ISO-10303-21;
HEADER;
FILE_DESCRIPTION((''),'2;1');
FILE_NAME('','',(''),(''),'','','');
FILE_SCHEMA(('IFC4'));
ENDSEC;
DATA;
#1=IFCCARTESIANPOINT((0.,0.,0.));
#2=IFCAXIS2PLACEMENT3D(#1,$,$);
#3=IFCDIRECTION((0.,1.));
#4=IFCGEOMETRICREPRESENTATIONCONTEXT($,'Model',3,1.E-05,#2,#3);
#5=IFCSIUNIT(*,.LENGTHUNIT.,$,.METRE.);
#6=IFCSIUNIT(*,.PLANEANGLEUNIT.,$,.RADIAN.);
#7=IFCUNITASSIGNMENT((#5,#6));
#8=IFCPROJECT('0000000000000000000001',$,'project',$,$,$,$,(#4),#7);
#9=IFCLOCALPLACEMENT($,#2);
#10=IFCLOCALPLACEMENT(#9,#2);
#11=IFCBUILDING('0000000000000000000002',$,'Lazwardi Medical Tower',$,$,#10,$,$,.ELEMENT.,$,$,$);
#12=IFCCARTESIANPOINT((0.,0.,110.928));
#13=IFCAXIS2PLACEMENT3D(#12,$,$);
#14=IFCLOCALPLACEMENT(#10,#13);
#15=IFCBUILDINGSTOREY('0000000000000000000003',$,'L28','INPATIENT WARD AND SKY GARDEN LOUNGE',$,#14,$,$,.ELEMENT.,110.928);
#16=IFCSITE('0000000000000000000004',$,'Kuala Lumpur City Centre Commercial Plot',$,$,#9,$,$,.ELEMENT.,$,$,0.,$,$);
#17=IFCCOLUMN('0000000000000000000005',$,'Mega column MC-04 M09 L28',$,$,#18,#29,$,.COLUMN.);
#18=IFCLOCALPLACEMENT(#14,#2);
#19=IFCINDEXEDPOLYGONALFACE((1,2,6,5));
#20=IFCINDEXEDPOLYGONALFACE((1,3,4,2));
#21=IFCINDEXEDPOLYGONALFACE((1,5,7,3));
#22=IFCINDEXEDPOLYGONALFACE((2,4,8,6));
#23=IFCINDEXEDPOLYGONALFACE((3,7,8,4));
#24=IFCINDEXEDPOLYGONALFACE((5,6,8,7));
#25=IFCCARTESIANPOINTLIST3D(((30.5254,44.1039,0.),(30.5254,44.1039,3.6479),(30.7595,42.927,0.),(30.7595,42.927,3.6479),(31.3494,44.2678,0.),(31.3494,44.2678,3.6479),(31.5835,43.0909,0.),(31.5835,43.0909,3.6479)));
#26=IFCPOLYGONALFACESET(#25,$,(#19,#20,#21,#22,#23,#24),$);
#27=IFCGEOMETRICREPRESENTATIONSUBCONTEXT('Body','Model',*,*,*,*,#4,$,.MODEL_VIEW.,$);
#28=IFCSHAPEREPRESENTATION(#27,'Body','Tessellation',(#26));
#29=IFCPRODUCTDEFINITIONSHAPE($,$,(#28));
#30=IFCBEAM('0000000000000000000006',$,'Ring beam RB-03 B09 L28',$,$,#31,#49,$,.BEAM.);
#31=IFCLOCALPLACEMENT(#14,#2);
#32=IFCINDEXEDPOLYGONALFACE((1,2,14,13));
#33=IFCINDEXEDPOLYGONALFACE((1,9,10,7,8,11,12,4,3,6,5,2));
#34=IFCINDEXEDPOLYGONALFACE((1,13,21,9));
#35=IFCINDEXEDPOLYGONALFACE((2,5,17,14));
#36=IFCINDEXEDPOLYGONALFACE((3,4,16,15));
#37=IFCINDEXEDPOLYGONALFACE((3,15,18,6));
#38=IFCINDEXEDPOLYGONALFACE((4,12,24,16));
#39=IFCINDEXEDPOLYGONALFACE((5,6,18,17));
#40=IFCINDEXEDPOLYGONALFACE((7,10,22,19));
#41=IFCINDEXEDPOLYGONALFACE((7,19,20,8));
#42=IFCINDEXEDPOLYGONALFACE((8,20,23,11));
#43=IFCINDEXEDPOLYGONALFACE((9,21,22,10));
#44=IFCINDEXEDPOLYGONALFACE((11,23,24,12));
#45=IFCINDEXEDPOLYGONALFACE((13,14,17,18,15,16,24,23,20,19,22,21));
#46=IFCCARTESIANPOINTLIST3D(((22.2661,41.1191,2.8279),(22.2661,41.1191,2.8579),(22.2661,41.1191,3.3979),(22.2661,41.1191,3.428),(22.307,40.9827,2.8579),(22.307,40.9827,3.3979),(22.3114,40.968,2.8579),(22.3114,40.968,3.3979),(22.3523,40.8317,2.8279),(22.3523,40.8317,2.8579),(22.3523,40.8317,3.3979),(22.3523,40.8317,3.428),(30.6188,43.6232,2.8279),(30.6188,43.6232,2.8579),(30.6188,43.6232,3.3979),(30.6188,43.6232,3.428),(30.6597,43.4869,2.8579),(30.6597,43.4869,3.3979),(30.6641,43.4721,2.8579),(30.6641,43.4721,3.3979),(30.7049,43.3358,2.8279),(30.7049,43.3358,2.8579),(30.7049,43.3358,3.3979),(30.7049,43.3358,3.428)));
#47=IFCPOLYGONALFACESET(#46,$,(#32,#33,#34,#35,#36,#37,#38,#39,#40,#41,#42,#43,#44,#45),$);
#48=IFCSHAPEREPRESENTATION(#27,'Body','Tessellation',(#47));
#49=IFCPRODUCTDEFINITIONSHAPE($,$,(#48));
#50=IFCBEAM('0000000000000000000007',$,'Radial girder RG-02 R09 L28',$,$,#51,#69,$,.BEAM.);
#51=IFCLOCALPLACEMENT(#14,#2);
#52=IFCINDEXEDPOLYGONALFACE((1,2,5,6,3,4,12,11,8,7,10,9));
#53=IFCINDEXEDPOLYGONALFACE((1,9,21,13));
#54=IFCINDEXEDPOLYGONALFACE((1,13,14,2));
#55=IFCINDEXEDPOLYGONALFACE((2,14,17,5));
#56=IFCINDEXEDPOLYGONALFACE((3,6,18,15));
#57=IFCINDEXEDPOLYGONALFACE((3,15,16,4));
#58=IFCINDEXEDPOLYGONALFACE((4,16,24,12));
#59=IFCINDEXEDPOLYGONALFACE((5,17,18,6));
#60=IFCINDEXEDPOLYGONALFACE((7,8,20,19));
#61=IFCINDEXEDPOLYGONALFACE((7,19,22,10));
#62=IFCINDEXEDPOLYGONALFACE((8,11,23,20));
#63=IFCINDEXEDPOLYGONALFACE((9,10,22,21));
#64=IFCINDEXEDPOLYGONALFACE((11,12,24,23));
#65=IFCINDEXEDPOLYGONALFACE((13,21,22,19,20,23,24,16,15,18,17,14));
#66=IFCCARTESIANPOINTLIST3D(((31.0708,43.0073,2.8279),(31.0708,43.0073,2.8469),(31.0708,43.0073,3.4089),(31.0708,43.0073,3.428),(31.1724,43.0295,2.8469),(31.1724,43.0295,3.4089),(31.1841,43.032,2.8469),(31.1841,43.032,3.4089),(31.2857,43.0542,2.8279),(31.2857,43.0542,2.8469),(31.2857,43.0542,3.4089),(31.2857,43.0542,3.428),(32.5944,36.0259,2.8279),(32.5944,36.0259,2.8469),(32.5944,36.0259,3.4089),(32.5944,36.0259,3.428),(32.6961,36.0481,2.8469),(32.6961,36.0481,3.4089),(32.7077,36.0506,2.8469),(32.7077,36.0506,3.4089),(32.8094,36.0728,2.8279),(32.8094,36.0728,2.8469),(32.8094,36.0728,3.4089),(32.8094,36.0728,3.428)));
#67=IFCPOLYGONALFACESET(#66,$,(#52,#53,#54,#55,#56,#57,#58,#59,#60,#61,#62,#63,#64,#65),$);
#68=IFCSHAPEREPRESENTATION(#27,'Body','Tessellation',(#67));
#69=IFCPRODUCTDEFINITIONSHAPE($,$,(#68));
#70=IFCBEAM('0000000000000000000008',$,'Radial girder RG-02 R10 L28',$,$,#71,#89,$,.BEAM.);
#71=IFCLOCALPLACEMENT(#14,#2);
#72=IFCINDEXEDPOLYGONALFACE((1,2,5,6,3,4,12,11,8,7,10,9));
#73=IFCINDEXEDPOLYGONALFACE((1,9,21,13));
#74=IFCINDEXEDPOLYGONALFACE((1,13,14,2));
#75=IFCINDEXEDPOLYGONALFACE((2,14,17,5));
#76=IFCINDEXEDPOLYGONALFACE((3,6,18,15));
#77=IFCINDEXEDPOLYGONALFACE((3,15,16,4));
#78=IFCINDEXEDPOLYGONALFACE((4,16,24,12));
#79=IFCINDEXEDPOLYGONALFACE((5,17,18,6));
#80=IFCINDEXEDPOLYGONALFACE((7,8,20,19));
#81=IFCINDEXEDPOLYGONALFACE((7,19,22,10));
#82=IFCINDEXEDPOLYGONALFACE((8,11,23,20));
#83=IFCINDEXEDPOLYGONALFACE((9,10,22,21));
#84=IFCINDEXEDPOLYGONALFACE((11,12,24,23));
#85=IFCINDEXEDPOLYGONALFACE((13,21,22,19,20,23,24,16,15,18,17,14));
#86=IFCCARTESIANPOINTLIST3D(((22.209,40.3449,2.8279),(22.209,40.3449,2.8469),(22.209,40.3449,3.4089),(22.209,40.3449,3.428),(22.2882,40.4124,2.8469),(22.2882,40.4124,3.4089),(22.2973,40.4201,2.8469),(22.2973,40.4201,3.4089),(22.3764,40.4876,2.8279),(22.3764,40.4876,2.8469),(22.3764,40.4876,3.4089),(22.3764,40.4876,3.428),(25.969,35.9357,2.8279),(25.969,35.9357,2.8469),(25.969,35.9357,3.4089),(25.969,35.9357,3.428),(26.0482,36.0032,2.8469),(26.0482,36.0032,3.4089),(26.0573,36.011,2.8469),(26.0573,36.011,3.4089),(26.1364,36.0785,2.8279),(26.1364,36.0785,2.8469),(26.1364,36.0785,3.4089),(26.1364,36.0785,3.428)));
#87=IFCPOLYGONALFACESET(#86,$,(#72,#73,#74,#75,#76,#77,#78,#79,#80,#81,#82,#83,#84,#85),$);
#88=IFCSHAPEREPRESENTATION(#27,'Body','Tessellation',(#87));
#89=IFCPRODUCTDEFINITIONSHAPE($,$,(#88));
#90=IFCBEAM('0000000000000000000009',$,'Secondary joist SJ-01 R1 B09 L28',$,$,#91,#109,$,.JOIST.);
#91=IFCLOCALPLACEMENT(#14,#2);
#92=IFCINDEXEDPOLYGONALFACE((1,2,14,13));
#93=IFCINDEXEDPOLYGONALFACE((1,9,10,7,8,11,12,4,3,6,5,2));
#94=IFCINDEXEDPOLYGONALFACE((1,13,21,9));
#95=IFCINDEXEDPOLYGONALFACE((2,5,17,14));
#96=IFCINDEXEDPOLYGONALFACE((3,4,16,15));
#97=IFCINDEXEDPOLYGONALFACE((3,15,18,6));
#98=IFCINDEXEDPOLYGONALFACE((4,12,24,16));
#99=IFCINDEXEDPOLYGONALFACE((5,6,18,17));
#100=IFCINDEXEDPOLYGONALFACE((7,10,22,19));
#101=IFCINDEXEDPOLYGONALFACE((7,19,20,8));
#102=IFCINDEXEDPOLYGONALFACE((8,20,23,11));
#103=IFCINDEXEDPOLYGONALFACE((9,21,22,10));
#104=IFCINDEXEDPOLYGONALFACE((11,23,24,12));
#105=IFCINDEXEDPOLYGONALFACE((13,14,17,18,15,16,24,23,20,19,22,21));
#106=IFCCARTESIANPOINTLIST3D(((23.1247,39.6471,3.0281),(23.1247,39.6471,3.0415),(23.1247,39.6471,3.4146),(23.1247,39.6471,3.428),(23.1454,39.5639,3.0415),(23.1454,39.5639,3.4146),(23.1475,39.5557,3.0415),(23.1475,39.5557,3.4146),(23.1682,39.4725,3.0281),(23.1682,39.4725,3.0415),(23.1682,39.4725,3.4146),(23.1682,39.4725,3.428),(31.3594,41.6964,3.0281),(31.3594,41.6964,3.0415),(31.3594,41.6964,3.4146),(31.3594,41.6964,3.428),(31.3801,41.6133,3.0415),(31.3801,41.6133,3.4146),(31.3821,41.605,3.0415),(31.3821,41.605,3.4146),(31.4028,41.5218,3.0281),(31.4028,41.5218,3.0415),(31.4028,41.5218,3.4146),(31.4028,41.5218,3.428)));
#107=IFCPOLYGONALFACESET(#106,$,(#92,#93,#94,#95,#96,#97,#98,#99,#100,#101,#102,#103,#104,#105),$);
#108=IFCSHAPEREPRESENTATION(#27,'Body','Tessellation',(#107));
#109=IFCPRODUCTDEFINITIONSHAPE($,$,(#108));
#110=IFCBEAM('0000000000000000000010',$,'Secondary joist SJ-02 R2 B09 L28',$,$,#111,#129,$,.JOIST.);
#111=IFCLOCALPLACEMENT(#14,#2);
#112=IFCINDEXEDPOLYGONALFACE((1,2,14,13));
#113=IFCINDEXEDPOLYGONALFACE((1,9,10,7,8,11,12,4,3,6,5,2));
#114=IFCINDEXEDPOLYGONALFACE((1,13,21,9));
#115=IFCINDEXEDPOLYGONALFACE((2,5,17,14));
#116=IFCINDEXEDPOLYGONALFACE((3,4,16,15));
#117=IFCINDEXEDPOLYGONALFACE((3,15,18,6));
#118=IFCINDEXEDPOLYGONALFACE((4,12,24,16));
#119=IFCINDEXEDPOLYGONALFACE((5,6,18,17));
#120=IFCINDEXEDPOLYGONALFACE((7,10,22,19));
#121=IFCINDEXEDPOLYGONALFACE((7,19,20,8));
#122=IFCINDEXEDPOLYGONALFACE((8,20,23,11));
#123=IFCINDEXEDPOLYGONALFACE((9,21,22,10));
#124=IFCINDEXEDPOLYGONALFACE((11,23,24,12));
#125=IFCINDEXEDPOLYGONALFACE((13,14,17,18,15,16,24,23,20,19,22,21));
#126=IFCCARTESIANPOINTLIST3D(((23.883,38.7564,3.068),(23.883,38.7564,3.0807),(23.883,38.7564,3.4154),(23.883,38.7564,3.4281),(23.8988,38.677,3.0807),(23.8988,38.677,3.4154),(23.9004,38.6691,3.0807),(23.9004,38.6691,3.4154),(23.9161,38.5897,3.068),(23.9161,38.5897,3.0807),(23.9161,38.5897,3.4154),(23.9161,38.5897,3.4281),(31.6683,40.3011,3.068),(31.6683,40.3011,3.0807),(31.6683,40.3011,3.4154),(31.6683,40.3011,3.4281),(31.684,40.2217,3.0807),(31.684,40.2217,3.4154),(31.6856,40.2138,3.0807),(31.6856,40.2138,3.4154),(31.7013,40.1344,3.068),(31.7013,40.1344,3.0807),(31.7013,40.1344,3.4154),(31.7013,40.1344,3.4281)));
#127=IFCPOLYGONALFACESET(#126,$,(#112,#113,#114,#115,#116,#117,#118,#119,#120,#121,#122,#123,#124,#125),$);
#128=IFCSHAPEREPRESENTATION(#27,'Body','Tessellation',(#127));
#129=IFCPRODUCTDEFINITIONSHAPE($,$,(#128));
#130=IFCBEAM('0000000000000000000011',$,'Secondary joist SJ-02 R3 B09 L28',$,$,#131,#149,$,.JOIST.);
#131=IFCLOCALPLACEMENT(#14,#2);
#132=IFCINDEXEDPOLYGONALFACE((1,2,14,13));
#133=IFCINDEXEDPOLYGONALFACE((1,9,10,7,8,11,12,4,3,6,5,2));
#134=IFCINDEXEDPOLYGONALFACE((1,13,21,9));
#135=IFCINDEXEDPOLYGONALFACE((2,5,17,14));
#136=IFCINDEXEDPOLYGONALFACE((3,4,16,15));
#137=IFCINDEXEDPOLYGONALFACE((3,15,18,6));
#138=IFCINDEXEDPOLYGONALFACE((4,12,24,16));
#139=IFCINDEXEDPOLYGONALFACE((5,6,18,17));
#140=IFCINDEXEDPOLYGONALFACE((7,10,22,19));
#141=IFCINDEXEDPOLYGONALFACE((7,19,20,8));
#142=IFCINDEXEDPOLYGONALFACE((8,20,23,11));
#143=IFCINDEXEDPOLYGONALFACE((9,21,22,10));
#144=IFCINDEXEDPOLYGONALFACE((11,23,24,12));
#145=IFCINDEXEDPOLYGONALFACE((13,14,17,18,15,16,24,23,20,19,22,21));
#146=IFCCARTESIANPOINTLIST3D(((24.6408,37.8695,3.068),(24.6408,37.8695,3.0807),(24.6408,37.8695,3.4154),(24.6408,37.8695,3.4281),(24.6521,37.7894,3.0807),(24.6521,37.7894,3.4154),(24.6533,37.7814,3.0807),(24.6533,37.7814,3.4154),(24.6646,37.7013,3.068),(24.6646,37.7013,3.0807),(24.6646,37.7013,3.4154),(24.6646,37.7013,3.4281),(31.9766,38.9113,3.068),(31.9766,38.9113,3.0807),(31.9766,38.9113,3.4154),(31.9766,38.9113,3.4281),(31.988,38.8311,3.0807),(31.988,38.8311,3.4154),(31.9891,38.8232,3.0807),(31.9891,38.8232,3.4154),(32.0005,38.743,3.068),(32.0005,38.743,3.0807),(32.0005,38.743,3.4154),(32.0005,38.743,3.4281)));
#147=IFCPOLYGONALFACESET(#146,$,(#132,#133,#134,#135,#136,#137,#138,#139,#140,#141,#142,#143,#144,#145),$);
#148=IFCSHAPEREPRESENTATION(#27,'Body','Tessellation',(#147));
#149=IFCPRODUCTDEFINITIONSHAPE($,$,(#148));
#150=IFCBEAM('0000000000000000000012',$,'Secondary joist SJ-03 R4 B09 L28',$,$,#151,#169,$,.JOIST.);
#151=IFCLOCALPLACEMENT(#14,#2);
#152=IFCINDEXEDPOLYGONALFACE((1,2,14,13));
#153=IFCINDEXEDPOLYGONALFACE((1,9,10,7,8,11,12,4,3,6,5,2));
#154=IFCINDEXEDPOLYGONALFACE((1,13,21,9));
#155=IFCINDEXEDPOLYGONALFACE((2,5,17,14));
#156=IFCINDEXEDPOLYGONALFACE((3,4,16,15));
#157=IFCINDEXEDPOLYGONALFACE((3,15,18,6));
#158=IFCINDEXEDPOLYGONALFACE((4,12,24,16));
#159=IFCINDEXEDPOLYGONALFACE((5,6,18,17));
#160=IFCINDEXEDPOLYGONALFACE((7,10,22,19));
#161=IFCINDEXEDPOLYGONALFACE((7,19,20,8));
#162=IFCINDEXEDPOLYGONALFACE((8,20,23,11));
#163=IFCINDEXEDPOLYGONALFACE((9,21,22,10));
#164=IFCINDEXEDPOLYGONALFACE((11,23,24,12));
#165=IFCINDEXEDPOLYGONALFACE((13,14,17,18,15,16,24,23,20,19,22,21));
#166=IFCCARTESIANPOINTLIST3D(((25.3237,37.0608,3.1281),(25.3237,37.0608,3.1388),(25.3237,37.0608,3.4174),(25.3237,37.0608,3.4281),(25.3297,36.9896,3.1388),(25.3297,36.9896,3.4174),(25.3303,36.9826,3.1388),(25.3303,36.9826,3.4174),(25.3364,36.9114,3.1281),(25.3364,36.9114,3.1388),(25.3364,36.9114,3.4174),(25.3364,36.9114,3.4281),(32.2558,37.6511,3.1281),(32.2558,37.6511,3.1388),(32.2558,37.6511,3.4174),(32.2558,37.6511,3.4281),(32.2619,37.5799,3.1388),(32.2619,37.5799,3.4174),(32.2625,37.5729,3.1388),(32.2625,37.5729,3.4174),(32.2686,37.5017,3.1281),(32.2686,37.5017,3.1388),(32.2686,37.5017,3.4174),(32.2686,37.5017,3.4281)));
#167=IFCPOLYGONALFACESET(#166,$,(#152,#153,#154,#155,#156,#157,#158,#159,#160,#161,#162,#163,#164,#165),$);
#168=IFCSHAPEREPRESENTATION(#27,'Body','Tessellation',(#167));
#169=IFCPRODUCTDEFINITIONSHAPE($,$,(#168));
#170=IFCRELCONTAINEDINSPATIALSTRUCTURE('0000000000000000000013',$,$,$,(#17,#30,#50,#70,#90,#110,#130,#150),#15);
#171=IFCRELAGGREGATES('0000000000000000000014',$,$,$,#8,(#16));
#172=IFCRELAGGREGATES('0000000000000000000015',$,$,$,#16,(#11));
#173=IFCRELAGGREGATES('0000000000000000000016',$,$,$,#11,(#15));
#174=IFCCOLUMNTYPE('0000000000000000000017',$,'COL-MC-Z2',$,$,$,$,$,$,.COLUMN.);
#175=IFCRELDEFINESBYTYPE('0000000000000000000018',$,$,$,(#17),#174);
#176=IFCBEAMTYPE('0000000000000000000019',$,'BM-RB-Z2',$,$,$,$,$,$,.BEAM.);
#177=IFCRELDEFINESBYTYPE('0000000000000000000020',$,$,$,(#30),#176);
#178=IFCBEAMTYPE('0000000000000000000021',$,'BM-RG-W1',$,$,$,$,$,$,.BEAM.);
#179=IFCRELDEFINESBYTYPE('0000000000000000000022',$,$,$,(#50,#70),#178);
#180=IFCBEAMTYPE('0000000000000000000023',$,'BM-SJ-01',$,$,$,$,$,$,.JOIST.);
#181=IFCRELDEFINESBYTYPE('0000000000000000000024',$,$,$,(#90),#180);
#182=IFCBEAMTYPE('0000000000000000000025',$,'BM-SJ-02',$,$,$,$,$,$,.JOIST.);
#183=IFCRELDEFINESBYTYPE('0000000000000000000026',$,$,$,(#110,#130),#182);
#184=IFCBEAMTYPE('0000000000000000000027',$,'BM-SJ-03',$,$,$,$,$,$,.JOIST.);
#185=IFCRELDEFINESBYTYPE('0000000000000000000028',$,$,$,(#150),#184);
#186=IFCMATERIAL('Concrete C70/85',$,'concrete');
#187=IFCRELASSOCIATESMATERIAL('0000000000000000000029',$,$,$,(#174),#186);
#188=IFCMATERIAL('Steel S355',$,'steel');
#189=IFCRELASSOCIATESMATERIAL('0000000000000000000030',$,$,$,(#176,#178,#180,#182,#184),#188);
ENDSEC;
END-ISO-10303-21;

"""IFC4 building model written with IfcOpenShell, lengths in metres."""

from ifc_helpers import new_model, si_unit, direction, frame, origin, origin_2d, place, context, subcontext, project, spatial, rectangle, i_section, extrude, material, material_profile, profile_set, type_object, element, save


model = new_model("IFC4")

# Units and contexts
model_context = context("Model", 3, precision=1e-05, world=origin(), true_north=direction((0.0, 1.0)))
body_context = subcontext(model_context, "Body", "Model", "MODEL_VIEW")
ifc_project = project(units=[si_unit("LENGTHUNIT", "METRE"), si_unit("PLANEANGLEUNIT", "RADIAN")], contexts=[model_context])

# Site, building, storey
site_placement = place(None, origin())
site = spatial("IfcSite", under=ifc_project, at=site_placement, Name="Kuala Lumpur City Centre Commercial Plot", CompositionType="ELEMENT", RefElevation=0.0)
building_placement = place(site_placement, origin())
building = spatial("IfcBuilding", under=site, at=building_placement, Name="Lazwardi Medical Tower", CompositionType="ELEMENT")
storey_placement = place(building_placement, frame((0.0, 0.0, 110.928)))
storey = spatial("IfcBuildingStorey", under=building, at=storey_placement, Name="L28", Description="INPATIENT WARD AND SKY GARDEN LOUNGE", CompositionType="ELEMENT", Elevation=110.928)

# Column
ifc_material_1 = material(Name="Concrete C70/85", Category="concrete")
ifc_material_profile_1 = material_profile(ifc_material_1, rectangle(XDim=1.2, YDim=0.8401, at=origin_2d()), Name="CFT-RECT 1200x840")
ifc_profile_set_1 = profile_set([ifc_material_profile_1], Name="Concrete C70/85")
column_type = type_object("IfcColumnType", Name="COL-MC-Z2", PredefinedType="COLUMN", material=ifc_profile_set_1)
column_placement = place(storey_placement, frame((31.0544, 43.5974, 0.0), z_axis=(0.0, 0.0, 1.0), x_axis=(-0.19509, 0.980785, 0.0)))
element("IfcColumn", 1, at=column_placement, inside=storey, type_object=column_type, Name="Mega column MC-04 M09 L28", PredefinedType="COLUMN", context=body_context, shape_type="SweptSolid", body=[
    extrude(rectangle(XDim=1.2, YDim=0.8401, at=origin_2d()), origin(), (0.0, 0.0, 1.0), 3.6479),
])

# Beams
ifc_material_2 = material(Name="Steel S355", Category="steel")
ifc_material_profile_2 = material_profile(ifc_material_2, i_section(OverallWidth=0.3, OverallDepth=0.6001, WebThickness=0.0154, FlangeThickness=0.03, at=origin_2d()), Name="HEB 600")
ifc_profile_set_2 = profile_set([ifc_material_profile_2], Name="Steel S355")
beam_type_1 = type_object("IfcBeamType", Name="BM-RB-Z2", PredefinedType="BEAM", material=ifc_profile_set_2)
beam_1_placement = place(storey_placement, frame((30.6619, 43.4795, 3.1279), z_axis=(-0.957879, -0.287171, 0.0), x_axis=(0.287171, -0.957879, 0.0)))
element("IfcBeam", 2, at=beam_1_placement, inside=storey, type_object=beam_type_1, Name="Ring beam RB-03 B09 L28", PredefinedType="BEAM", context=body_context, shape_type="SweptSolid", body=[
    extrude(i_section(OverallWidth=0.3, OverallDepth=0.6001, WebThickness=0.0154, FlangeThickness=0.03, at=origin_2d()), origin(), (0.0, 0.0, 1.0), 8.72),
])
ifc_material_profile_3 = material_profile(ifc_material_2, i_section(OverallWidth=0.22, OverallDepth=0.6001, WebThickness=0.012, FlangeThickness=0.019, at=origin_2d()), Name="IPE 600")
ifc_profile_set_3 = profile_set([ifc_material_profile_3], Name="Steel S355")
beam_type_2 = type_object("IfcBeamType", Name="BM-RG-W1", PredefinedType="BEAM", material=ifc_profile_set_3)
beam_2_placement = place(storey_placement, frame((31.1782, 43.0308, 3.1279), z_axis=(0.213228, -0.977002, 0.0), x_axis=(0.977002, 0.213228, 0.0)))
element("IfcBeam", 3, at=beam_2_placement, inside=storey, type_object=beam_type_2, Name="Radial girder RG-02 R09 L28", PredefinedType="BEAM", context=body_context, shape_type="SweptSolid", body=[
    extrude(i_section(OverallWidth=0.22, OverallDepth=0.6001, WebThickness=0.012, FlangeThickness=0.019, at=origin_2d()), origin(), (0.0, 0.0, 1.0), 7.1458),
])
beam_3_placement = place(storey_placement, frame((22.2927, 40.4163, 3.1279), z_axis=(0.648871, -0.760899, 0.0), x_axis=(0.760899, 0.648871, 0.0)))
element("IfcBeam", 4, at=beam_3_placement, inside=storey, type_object=beam_type_2, Name="Radial girder RG-02 R10 L28", PredefinedType="BEAM", context=body_context, shape_type="SweptSolid", body=[
    extrude(i_section(OverallWidth=0.22, OverallDepth=0.6001, WebThickness=0.012, FlangeThickness=0.019, at=origin_2d()), origin(), (0.0, 0.0, 1.0), 5.7947),
])
ifc_material_profile_4 = material_profile(ifc_material_2, i_section(OverallWidth=0.1799, OverallDepth=0.3999, WebThickness=0.0085, FlangeThickness=0.0134, at=origin_2d()), Name="IPE 400")
ifc_profile_set_4 = profile_set([ifc_material_profile_4], Name="Steel S355")
beam_type_3 = type_object("IfcBeamType", Name="BM-SJ-01", PredefinedType="JOIST", material=ifc_profile_set_4)
beam_4_placement = place(storey_placement, frame((31.3811, 41.6091, 3.228), z_axis=(-0.970401, -0.2415, 0.0), x_axis=(0.2415, -0.970401, 0.0)))
element("IfcBeam", 5, at=beam_4_placement, inside=storey, type_object=beam_type_3, Name="Secondary joist SJ-01 R1 B09 L28", PredefinedType="JOIST", context=body_context, shape_type="SweptSolid", body=[
    extrude(i_section(OverallWidth=0.1799, OverallDepth=0.3999, WebThickness=0.0085, FlangeThickness=0.0134, at=origin_2d()), origin(), (0.0, 0.0, 1.0), 8.4858),
])
ifc_material_profile_5 = material_profile(ifc_material_2, i_section(OverallWidth=0.1699, OverallDepth=0.3601, WebThickness=0.0081, FlangeThickness=0.0127, at=origin_2d()), Name="IPE 360")
ifc_profile_set_5 = profile_set([ifc_material_profile_5], Name="Steel S355")
beam_type_4 = type_object("IfcBeamType", Name="BM-SJ-02", PredefinedType="JOIST", material=ifc_profile_set_5)
beam_5_placement = place(storey_placement, frame((31.6848, 40.2178, 3.248), z_axis=(-0.980879, -0.194619, 0.0), x_axis=(0.194619, -0.980879, 0.0)))
element("IfcBeam", 6, at=beam_5_placement, inside=storey, type_object=beam_type_4, Name="Secondary joist SJ-02 R2 B09 L28", PredefinedType="JOIST", context=body_context, shape_type="SweptSolid", body=[
    extrude(i_section(OverallWidth=0.1699, OverallDepth=0.3601, WebThickness=0.0081, FlangeThickness=0.0127, at=origin_2d()), origin(), (0.0, 0.0, 1.0), 7.937),
])
beam_6_placement = place(storey_placement, frame((31.9885, 38.8271, 3.248), z_axis=(-0.990067, -0.140596, 0.0), x_axis=(0.140596, -0.990067, 0.0)))
element("IfcBeam", 7, at=beam_6_placement, inside=storey, type_object=beam_type_4, Name="Secondary joist SJ-02 R3 B09 L28", PredefinedType="JOIST", context=body_context, shape_type="SweptSolid", body=[
    extrude(i_section(OverallWidth=0.1699, OverallDepth=0.3601, WebThickness=0.0081, FlangeThickness=0.0127, at=origin_2d()), origin(), (0.0, 0.0, 1.0), 7.4094),
])
ifc_material_profile_6 = material_profile(ifc_material_2, i_section(OverallWidth=0.1499, OverallDepth=0.3, WebThickness=0.0071, FlangeThickness=0.0107, at=origin_2d()), Name="IPE 300")
ifc_profile_set_6 = profile_set([ifc_material_profile_6], Name="Steel S355")
beam_type_5 = type_object("IfcBeamType", Name="BM-SJ-03", PredefinedType="JOIST", material=ifc_profile_set_6)
beam_7_placement = place(storey_placement, frame((32.2622, 37.5764, 3.2781), z_axis=(-0.996394, -0.084852, 0.0), x_axis=(0.084852, -0.996394, 0.0)))
element("IfcBeam", 8, at=beam_7_placement, inside=storey, type_object=beam_type_5, Name="Secondary joist SJ-03 R4 B09 L28", PredefinedType="JOIST", context=body_context, shape_type="SweptSolid", body=[
    extrude(i_section(OverallWidth=0.1499, OverallDepth=0.3, WebThickness=0.0071, FlangeThickness=0.0107, at=origin_2d()), origin(), (0.0, 0.0, 1.0), 6.9573),
])

save(model, "model.ifc")
